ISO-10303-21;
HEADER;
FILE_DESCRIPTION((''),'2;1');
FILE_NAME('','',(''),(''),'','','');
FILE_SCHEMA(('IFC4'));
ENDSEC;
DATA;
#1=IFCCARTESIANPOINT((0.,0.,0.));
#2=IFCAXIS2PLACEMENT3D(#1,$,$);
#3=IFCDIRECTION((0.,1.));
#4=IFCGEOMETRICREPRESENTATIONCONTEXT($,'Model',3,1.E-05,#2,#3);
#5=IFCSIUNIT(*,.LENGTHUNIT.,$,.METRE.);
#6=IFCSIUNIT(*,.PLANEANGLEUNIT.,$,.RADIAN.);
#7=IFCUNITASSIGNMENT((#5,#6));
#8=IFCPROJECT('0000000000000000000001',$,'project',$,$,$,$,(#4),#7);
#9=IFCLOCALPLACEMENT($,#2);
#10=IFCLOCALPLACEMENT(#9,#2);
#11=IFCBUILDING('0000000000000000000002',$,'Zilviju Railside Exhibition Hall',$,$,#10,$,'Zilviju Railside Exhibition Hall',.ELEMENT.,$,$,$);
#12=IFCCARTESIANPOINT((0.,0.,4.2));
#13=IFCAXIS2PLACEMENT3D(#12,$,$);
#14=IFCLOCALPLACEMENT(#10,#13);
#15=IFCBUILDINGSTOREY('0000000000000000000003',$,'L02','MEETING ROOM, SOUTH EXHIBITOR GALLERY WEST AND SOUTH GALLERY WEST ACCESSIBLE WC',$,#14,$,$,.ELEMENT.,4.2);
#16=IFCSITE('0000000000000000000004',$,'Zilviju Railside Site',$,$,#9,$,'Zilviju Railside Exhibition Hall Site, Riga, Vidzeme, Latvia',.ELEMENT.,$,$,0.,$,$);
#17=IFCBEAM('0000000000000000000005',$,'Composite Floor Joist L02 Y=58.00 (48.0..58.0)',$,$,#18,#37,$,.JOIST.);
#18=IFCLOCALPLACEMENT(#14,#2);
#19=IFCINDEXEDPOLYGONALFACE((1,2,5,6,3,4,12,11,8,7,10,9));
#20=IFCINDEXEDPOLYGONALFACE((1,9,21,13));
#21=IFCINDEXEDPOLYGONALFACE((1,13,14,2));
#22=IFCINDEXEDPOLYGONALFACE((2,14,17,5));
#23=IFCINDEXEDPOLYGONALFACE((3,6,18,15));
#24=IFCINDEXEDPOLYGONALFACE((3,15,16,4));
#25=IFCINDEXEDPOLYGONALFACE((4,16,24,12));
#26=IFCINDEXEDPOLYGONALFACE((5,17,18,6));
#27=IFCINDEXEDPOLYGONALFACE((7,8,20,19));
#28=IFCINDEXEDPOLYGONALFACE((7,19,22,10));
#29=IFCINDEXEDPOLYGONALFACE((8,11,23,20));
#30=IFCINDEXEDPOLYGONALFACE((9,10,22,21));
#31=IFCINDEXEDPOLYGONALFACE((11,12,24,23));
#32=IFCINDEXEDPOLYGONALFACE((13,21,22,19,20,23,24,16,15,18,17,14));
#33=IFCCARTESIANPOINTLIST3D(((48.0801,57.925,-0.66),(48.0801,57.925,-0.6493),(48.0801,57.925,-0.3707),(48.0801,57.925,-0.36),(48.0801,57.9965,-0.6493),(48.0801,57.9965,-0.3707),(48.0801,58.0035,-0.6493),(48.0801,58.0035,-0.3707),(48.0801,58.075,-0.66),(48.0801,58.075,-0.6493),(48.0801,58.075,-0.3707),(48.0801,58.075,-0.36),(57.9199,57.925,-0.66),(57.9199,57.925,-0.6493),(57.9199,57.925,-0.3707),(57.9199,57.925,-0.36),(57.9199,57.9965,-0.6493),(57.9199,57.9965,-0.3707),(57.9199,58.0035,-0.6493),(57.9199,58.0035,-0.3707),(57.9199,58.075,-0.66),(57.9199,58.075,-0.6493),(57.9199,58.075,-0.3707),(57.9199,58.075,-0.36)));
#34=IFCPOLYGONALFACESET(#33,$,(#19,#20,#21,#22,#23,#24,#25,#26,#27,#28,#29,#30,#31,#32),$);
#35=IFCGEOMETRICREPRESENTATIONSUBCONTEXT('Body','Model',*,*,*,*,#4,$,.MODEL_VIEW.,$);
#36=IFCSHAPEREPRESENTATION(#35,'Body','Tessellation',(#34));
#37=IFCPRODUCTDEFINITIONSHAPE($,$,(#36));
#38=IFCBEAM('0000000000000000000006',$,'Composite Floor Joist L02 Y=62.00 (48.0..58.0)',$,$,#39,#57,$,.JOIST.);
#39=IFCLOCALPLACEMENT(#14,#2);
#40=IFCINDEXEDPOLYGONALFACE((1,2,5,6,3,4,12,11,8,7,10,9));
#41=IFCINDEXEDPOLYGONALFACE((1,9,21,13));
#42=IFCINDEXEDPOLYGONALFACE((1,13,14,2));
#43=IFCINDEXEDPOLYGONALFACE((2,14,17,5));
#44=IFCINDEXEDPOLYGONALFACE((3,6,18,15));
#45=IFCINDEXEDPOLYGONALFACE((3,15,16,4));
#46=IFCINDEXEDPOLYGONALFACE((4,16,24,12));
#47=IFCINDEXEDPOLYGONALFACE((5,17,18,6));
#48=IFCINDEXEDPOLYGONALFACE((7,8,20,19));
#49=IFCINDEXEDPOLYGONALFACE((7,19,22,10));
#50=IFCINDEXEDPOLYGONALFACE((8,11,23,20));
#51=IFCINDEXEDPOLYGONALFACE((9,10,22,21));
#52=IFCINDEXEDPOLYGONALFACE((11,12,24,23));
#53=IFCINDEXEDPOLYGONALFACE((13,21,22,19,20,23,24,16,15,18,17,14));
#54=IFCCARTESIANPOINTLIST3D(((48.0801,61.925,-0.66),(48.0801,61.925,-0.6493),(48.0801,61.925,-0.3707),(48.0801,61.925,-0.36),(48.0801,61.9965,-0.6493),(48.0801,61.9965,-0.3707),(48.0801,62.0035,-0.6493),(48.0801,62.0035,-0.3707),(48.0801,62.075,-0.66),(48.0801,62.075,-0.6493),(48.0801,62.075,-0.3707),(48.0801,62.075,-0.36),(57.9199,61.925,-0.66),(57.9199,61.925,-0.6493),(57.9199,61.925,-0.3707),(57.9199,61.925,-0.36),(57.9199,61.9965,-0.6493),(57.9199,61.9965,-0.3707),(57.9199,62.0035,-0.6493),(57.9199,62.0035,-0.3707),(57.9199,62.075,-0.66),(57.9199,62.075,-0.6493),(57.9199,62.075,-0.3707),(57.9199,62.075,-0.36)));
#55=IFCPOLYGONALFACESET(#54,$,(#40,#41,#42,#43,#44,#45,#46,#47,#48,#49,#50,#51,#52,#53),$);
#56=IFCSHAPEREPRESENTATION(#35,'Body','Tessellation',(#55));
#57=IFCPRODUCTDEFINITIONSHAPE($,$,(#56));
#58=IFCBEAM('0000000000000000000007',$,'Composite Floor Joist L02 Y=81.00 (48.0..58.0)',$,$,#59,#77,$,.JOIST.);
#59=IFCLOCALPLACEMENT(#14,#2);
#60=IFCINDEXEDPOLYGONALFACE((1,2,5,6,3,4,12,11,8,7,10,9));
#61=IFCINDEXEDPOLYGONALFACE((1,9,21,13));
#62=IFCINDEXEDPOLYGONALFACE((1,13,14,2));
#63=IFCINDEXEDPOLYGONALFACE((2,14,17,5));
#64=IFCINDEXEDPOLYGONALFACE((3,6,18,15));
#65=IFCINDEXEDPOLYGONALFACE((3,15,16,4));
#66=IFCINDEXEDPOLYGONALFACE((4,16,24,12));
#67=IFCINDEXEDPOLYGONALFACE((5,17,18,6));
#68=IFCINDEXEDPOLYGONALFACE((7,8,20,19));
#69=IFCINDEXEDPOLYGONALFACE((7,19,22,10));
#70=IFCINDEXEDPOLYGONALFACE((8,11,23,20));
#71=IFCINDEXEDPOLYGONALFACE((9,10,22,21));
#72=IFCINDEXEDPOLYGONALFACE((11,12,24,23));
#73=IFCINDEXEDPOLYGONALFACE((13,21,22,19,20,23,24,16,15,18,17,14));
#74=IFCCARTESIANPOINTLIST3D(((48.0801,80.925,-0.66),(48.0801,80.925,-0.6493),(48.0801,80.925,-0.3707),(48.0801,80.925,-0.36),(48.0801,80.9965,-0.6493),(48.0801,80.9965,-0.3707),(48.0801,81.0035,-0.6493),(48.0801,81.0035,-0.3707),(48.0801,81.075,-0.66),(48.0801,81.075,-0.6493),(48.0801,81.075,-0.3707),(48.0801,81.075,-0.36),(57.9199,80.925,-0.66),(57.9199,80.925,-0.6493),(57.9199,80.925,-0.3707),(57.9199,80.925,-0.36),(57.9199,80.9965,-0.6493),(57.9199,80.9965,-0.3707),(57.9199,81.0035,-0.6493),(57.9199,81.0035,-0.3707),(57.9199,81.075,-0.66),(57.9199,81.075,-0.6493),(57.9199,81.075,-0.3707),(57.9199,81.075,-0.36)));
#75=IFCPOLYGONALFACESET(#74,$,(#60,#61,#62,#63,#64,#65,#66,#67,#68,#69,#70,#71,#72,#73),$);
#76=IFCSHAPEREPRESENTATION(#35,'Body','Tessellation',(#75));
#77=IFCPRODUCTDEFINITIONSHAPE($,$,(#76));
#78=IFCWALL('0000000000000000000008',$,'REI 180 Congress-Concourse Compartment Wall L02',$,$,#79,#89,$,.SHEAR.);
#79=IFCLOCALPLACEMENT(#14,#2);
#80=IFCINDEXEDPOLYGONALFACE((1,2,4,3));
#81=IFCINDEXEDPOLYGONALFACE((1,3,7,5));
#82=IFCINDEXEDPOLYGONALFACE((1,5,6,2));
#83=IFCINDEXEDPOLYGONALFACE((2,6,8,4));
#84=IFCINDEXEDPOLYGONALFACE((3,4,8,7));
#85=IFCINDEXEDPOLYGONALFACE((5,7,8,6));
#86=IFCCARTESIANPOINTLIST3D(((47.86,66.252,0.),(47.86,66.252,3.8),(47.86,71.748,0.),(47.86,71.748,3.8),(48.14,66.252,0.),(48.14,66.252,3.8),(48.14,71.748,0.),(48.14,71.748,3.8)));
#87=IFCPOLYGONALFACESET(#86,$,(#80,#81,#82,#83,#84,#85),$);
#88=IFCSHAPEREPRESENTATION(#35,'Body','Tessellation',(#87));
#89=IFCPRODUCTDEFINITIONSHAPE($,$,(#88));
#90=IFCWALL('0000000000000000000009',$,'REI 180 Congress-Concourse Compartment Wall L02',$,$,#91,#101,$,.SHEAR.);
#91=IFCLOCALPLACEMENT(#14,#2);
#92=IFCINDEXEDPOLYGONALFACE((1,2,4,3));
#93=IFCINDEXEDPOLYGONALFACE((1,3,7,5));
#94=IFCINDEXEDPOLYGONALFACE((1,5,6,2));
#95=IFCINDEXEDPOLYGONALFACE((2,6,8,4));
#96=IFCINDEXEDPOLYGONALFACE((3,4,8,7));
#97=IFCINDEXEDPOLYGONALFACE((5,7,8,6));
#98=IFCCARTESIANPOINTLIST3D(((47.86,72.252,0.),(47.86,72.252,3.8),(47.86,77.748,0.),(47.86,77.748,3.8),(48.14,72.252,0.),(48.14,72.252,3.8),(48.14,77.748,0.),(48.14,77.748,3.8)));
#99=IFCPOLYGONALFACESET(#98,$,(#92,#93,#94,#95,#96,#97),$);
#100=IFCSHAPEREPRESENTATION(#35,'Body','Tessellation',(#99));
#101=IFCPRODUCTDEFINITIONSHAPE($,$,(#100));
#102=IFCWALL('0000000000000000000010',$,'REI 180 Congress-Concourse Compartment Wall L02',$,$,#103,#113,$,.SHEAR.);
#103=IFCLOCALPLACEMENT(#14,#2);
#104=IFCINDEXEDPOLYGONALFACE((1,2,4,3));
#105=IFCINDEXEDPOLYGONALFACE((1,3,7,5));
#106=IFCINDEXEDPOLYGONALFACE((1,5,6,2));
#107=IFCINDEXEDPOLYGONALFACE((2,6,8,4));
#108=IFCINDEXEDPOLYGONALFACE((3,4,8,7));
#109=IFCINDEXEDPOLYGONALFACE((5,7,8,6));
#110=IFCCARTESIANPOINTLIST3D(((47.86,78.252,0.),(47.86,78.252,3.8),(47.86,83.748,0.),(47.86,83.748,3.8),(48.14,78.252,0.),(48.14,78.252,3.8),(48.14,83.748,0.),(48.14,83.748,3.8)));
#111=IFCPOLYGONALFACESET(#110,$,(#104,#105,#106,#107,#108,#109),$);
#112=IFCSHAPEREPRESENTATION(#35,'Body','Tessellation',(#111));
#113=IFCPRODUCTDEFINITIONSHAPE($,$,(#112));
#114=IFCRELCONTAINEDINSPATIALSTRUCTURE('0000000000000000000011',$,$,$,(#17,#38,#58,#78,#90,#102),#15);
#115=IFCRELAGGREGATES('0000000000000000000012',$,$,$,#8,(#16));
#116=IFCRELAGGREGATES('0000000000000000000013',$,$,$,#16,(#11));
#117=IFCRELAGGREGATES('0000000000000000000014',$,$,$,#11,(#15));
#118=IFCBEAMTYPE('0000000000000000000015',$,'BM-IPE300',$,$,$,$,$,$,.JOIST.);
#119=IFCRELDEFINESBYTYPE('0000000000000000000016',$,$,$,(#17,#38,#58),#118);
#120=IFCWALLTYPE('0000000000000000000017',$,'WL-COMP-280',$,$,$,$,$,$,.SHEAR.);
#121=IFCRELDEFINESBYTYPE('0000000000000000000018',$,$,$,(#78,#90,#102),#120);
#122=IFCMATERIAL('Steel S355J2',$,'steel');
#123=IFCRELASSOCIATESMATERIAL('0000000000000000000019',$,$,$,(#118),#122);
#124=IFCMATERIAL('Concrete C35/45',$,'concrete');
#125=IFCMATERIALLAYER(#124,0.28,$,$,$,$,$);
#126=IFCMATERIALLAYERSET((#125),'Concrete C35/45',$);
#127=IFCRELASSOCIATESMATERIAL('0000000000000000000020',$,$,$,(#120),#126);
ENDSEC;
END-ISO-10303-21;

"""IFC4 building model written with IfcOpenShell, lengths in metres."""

from ifc_helpers import new_model, si_unit, direction, frame, frame_2d, origin, origin_2d, place, context, subcontext, project, spatial, rectangle, i_section, extrude, material, layer, layer_set, material_profile, profile_set, type_object, element, save


model = new_model("IFC4")

# Units and contexts
model_context = context("Model", 3, precision=1e-05, world=origin(), true_north=direction((0.0, 1.0)))
body_context = subcontext(model_context, "Body", "Model", "MODEL_VIEW")
ifc_project = project(units=[si_unit("LENGTHUNIT", "METRE"), si_unit("PLANEANGLEUNIT", "RADIAN")], contexts=[model_context])

# Site, building, storey
site_placement = place(None, origin())
site = spatial("IfcSite", under=ifc_project, at=site_placement, Name="Zilviju Railside Site", LongName="Zilviju Railside Exhibition Hall Site, Riga, Vidzeme, Latvia", CompositionType="ELEMENT", RefElevation=0.0)
building_placement = place(site_placement, origin())
building = spatial("IfcBuilding", under=site, at=building_placement, Name="Zilviju Railside Exhibition Hall", LongName="Zilviju Railside Exhibition Hall", CompositionType="ELEMENT")
storey_placement = place(building_placement, frame((0.0, 0.0, 4.2)))
storey = spatial("IfcBuildingStorey", under=building, at=storey_placement, Name="L02", Description="MEETING ROOM, SOUTH EXHIBITOR GALLERY WEST AND SOUTH GALLERY WEST ACCESSIBLE WC", CompositionType="ELEMENT", Elevation=4.2)

# Shared definitions
ifc_material_1 = material(Name="Steel S355J2", Category="steel")

# Beams
ifc_material_profile_1 = material_profile(ifc_material_1, i_section(OverallWidth=0.1499, OverallDepth=0.3, WebThickness=0.0071, FlangeThickness=0.0107, at=origin_2d()), Name="IPE 300")
ifc_profile_set_1 = profile_set([ifc_material_profile_1], Name="Steel S355J2")
beam_type_1 = type_object("IfcBeamType", Name="BM-IPE300", PredefinedType="JOIST", material=ifc_profile_set_1)
for number, where, z_axis, x_axis, name in (
    (1, (48.0801, 58.0, -0.51), (1.0, 0.0, 0.0), (0.0, 1.0, 0.0), "Composite Floor Joist L02 Y=58.00 (48.0..58.0)"),
    (2, (48.0801, 62.0, -0.51), (1.0, 0.0, 0.0), (0.0, 1.0, 0.0), "Composite Floor Joist L02 Y=62.00 (48.0..58.0)"),
    (3, (48.0801, 81.0, -0.51), (1.0, 0.0, 0.0), (0.0, 1.0, 0.0), "Composite Floor Joist L02 Y=81.00 (48.0..58.0)"),
):
    element("IfcBeam", number, at=place(storey_placement, frame(where, z_axis=z_axis, x_axis=x_axis)), inside=storey, type_object=beam_type_1, Name=name, PredefinedType="JOIST", context=body_context, shape_type="SweptSolid", body=[
        extrude(i_section(OverallWidth=0.1499, OverallDepth=0.3, WebThickness=0.0071, FlangeThickness=0.0107, at=origin_2d()), origin(), (0.0, 0.0, 1.0), 9.8398),
    ])

# Walls
ifc_material_2 = material(Name="Concrete C35/45", Category="concrete")
ifc_layer = layer(ifc_material_2, 0.28)
ifc_layer_set = layer_set([ifc_layer], Name="Concrete C35/45")
wall_type = type_object("IfcWallType", Name="WL-COMP-280", PredefinedType="SHEAR", material=ifc_layer_set)
for number, where, z_axis, x_axis, name in (
    (4, (48.0, 66.252, 0.0), (0.0, 0.0, 1.0), (0.0, 1.0, 0.0), "REI 180 Congress-Concourse Compartment Wall L02"),
    (5, (48.0, 72.252, 0.0), (0.0, 0.0, 1.0), (0.0, 1.0, 0.0), "REI 180 Congress-Concourse Compartment Wall L02"),
    (6, (48.0, 78.252, 0.0), (0.0, 0.0, 1.0), (0.0, 1.0, 0.0), "REI 180 Congress-Concourse Compartment Wall L02"),
):
    element("IfcWall", number, at=place(storey_placement, frame(where, z_axis=z_axis, x_axis=x_axis)), inside=storey, type_object=wall_type, Name=name, PredefinedType="SHEAR", context=body_context, shape_type="SweptSolid", body=[
        extrude(rectangle(XDim=5.4961, YDim=0.28, at=frame_2d((2.748, 0.0))), origin(), (0.0, 0.0, 1.0), 3.8),
    ])

save(model, "model.ifc")
